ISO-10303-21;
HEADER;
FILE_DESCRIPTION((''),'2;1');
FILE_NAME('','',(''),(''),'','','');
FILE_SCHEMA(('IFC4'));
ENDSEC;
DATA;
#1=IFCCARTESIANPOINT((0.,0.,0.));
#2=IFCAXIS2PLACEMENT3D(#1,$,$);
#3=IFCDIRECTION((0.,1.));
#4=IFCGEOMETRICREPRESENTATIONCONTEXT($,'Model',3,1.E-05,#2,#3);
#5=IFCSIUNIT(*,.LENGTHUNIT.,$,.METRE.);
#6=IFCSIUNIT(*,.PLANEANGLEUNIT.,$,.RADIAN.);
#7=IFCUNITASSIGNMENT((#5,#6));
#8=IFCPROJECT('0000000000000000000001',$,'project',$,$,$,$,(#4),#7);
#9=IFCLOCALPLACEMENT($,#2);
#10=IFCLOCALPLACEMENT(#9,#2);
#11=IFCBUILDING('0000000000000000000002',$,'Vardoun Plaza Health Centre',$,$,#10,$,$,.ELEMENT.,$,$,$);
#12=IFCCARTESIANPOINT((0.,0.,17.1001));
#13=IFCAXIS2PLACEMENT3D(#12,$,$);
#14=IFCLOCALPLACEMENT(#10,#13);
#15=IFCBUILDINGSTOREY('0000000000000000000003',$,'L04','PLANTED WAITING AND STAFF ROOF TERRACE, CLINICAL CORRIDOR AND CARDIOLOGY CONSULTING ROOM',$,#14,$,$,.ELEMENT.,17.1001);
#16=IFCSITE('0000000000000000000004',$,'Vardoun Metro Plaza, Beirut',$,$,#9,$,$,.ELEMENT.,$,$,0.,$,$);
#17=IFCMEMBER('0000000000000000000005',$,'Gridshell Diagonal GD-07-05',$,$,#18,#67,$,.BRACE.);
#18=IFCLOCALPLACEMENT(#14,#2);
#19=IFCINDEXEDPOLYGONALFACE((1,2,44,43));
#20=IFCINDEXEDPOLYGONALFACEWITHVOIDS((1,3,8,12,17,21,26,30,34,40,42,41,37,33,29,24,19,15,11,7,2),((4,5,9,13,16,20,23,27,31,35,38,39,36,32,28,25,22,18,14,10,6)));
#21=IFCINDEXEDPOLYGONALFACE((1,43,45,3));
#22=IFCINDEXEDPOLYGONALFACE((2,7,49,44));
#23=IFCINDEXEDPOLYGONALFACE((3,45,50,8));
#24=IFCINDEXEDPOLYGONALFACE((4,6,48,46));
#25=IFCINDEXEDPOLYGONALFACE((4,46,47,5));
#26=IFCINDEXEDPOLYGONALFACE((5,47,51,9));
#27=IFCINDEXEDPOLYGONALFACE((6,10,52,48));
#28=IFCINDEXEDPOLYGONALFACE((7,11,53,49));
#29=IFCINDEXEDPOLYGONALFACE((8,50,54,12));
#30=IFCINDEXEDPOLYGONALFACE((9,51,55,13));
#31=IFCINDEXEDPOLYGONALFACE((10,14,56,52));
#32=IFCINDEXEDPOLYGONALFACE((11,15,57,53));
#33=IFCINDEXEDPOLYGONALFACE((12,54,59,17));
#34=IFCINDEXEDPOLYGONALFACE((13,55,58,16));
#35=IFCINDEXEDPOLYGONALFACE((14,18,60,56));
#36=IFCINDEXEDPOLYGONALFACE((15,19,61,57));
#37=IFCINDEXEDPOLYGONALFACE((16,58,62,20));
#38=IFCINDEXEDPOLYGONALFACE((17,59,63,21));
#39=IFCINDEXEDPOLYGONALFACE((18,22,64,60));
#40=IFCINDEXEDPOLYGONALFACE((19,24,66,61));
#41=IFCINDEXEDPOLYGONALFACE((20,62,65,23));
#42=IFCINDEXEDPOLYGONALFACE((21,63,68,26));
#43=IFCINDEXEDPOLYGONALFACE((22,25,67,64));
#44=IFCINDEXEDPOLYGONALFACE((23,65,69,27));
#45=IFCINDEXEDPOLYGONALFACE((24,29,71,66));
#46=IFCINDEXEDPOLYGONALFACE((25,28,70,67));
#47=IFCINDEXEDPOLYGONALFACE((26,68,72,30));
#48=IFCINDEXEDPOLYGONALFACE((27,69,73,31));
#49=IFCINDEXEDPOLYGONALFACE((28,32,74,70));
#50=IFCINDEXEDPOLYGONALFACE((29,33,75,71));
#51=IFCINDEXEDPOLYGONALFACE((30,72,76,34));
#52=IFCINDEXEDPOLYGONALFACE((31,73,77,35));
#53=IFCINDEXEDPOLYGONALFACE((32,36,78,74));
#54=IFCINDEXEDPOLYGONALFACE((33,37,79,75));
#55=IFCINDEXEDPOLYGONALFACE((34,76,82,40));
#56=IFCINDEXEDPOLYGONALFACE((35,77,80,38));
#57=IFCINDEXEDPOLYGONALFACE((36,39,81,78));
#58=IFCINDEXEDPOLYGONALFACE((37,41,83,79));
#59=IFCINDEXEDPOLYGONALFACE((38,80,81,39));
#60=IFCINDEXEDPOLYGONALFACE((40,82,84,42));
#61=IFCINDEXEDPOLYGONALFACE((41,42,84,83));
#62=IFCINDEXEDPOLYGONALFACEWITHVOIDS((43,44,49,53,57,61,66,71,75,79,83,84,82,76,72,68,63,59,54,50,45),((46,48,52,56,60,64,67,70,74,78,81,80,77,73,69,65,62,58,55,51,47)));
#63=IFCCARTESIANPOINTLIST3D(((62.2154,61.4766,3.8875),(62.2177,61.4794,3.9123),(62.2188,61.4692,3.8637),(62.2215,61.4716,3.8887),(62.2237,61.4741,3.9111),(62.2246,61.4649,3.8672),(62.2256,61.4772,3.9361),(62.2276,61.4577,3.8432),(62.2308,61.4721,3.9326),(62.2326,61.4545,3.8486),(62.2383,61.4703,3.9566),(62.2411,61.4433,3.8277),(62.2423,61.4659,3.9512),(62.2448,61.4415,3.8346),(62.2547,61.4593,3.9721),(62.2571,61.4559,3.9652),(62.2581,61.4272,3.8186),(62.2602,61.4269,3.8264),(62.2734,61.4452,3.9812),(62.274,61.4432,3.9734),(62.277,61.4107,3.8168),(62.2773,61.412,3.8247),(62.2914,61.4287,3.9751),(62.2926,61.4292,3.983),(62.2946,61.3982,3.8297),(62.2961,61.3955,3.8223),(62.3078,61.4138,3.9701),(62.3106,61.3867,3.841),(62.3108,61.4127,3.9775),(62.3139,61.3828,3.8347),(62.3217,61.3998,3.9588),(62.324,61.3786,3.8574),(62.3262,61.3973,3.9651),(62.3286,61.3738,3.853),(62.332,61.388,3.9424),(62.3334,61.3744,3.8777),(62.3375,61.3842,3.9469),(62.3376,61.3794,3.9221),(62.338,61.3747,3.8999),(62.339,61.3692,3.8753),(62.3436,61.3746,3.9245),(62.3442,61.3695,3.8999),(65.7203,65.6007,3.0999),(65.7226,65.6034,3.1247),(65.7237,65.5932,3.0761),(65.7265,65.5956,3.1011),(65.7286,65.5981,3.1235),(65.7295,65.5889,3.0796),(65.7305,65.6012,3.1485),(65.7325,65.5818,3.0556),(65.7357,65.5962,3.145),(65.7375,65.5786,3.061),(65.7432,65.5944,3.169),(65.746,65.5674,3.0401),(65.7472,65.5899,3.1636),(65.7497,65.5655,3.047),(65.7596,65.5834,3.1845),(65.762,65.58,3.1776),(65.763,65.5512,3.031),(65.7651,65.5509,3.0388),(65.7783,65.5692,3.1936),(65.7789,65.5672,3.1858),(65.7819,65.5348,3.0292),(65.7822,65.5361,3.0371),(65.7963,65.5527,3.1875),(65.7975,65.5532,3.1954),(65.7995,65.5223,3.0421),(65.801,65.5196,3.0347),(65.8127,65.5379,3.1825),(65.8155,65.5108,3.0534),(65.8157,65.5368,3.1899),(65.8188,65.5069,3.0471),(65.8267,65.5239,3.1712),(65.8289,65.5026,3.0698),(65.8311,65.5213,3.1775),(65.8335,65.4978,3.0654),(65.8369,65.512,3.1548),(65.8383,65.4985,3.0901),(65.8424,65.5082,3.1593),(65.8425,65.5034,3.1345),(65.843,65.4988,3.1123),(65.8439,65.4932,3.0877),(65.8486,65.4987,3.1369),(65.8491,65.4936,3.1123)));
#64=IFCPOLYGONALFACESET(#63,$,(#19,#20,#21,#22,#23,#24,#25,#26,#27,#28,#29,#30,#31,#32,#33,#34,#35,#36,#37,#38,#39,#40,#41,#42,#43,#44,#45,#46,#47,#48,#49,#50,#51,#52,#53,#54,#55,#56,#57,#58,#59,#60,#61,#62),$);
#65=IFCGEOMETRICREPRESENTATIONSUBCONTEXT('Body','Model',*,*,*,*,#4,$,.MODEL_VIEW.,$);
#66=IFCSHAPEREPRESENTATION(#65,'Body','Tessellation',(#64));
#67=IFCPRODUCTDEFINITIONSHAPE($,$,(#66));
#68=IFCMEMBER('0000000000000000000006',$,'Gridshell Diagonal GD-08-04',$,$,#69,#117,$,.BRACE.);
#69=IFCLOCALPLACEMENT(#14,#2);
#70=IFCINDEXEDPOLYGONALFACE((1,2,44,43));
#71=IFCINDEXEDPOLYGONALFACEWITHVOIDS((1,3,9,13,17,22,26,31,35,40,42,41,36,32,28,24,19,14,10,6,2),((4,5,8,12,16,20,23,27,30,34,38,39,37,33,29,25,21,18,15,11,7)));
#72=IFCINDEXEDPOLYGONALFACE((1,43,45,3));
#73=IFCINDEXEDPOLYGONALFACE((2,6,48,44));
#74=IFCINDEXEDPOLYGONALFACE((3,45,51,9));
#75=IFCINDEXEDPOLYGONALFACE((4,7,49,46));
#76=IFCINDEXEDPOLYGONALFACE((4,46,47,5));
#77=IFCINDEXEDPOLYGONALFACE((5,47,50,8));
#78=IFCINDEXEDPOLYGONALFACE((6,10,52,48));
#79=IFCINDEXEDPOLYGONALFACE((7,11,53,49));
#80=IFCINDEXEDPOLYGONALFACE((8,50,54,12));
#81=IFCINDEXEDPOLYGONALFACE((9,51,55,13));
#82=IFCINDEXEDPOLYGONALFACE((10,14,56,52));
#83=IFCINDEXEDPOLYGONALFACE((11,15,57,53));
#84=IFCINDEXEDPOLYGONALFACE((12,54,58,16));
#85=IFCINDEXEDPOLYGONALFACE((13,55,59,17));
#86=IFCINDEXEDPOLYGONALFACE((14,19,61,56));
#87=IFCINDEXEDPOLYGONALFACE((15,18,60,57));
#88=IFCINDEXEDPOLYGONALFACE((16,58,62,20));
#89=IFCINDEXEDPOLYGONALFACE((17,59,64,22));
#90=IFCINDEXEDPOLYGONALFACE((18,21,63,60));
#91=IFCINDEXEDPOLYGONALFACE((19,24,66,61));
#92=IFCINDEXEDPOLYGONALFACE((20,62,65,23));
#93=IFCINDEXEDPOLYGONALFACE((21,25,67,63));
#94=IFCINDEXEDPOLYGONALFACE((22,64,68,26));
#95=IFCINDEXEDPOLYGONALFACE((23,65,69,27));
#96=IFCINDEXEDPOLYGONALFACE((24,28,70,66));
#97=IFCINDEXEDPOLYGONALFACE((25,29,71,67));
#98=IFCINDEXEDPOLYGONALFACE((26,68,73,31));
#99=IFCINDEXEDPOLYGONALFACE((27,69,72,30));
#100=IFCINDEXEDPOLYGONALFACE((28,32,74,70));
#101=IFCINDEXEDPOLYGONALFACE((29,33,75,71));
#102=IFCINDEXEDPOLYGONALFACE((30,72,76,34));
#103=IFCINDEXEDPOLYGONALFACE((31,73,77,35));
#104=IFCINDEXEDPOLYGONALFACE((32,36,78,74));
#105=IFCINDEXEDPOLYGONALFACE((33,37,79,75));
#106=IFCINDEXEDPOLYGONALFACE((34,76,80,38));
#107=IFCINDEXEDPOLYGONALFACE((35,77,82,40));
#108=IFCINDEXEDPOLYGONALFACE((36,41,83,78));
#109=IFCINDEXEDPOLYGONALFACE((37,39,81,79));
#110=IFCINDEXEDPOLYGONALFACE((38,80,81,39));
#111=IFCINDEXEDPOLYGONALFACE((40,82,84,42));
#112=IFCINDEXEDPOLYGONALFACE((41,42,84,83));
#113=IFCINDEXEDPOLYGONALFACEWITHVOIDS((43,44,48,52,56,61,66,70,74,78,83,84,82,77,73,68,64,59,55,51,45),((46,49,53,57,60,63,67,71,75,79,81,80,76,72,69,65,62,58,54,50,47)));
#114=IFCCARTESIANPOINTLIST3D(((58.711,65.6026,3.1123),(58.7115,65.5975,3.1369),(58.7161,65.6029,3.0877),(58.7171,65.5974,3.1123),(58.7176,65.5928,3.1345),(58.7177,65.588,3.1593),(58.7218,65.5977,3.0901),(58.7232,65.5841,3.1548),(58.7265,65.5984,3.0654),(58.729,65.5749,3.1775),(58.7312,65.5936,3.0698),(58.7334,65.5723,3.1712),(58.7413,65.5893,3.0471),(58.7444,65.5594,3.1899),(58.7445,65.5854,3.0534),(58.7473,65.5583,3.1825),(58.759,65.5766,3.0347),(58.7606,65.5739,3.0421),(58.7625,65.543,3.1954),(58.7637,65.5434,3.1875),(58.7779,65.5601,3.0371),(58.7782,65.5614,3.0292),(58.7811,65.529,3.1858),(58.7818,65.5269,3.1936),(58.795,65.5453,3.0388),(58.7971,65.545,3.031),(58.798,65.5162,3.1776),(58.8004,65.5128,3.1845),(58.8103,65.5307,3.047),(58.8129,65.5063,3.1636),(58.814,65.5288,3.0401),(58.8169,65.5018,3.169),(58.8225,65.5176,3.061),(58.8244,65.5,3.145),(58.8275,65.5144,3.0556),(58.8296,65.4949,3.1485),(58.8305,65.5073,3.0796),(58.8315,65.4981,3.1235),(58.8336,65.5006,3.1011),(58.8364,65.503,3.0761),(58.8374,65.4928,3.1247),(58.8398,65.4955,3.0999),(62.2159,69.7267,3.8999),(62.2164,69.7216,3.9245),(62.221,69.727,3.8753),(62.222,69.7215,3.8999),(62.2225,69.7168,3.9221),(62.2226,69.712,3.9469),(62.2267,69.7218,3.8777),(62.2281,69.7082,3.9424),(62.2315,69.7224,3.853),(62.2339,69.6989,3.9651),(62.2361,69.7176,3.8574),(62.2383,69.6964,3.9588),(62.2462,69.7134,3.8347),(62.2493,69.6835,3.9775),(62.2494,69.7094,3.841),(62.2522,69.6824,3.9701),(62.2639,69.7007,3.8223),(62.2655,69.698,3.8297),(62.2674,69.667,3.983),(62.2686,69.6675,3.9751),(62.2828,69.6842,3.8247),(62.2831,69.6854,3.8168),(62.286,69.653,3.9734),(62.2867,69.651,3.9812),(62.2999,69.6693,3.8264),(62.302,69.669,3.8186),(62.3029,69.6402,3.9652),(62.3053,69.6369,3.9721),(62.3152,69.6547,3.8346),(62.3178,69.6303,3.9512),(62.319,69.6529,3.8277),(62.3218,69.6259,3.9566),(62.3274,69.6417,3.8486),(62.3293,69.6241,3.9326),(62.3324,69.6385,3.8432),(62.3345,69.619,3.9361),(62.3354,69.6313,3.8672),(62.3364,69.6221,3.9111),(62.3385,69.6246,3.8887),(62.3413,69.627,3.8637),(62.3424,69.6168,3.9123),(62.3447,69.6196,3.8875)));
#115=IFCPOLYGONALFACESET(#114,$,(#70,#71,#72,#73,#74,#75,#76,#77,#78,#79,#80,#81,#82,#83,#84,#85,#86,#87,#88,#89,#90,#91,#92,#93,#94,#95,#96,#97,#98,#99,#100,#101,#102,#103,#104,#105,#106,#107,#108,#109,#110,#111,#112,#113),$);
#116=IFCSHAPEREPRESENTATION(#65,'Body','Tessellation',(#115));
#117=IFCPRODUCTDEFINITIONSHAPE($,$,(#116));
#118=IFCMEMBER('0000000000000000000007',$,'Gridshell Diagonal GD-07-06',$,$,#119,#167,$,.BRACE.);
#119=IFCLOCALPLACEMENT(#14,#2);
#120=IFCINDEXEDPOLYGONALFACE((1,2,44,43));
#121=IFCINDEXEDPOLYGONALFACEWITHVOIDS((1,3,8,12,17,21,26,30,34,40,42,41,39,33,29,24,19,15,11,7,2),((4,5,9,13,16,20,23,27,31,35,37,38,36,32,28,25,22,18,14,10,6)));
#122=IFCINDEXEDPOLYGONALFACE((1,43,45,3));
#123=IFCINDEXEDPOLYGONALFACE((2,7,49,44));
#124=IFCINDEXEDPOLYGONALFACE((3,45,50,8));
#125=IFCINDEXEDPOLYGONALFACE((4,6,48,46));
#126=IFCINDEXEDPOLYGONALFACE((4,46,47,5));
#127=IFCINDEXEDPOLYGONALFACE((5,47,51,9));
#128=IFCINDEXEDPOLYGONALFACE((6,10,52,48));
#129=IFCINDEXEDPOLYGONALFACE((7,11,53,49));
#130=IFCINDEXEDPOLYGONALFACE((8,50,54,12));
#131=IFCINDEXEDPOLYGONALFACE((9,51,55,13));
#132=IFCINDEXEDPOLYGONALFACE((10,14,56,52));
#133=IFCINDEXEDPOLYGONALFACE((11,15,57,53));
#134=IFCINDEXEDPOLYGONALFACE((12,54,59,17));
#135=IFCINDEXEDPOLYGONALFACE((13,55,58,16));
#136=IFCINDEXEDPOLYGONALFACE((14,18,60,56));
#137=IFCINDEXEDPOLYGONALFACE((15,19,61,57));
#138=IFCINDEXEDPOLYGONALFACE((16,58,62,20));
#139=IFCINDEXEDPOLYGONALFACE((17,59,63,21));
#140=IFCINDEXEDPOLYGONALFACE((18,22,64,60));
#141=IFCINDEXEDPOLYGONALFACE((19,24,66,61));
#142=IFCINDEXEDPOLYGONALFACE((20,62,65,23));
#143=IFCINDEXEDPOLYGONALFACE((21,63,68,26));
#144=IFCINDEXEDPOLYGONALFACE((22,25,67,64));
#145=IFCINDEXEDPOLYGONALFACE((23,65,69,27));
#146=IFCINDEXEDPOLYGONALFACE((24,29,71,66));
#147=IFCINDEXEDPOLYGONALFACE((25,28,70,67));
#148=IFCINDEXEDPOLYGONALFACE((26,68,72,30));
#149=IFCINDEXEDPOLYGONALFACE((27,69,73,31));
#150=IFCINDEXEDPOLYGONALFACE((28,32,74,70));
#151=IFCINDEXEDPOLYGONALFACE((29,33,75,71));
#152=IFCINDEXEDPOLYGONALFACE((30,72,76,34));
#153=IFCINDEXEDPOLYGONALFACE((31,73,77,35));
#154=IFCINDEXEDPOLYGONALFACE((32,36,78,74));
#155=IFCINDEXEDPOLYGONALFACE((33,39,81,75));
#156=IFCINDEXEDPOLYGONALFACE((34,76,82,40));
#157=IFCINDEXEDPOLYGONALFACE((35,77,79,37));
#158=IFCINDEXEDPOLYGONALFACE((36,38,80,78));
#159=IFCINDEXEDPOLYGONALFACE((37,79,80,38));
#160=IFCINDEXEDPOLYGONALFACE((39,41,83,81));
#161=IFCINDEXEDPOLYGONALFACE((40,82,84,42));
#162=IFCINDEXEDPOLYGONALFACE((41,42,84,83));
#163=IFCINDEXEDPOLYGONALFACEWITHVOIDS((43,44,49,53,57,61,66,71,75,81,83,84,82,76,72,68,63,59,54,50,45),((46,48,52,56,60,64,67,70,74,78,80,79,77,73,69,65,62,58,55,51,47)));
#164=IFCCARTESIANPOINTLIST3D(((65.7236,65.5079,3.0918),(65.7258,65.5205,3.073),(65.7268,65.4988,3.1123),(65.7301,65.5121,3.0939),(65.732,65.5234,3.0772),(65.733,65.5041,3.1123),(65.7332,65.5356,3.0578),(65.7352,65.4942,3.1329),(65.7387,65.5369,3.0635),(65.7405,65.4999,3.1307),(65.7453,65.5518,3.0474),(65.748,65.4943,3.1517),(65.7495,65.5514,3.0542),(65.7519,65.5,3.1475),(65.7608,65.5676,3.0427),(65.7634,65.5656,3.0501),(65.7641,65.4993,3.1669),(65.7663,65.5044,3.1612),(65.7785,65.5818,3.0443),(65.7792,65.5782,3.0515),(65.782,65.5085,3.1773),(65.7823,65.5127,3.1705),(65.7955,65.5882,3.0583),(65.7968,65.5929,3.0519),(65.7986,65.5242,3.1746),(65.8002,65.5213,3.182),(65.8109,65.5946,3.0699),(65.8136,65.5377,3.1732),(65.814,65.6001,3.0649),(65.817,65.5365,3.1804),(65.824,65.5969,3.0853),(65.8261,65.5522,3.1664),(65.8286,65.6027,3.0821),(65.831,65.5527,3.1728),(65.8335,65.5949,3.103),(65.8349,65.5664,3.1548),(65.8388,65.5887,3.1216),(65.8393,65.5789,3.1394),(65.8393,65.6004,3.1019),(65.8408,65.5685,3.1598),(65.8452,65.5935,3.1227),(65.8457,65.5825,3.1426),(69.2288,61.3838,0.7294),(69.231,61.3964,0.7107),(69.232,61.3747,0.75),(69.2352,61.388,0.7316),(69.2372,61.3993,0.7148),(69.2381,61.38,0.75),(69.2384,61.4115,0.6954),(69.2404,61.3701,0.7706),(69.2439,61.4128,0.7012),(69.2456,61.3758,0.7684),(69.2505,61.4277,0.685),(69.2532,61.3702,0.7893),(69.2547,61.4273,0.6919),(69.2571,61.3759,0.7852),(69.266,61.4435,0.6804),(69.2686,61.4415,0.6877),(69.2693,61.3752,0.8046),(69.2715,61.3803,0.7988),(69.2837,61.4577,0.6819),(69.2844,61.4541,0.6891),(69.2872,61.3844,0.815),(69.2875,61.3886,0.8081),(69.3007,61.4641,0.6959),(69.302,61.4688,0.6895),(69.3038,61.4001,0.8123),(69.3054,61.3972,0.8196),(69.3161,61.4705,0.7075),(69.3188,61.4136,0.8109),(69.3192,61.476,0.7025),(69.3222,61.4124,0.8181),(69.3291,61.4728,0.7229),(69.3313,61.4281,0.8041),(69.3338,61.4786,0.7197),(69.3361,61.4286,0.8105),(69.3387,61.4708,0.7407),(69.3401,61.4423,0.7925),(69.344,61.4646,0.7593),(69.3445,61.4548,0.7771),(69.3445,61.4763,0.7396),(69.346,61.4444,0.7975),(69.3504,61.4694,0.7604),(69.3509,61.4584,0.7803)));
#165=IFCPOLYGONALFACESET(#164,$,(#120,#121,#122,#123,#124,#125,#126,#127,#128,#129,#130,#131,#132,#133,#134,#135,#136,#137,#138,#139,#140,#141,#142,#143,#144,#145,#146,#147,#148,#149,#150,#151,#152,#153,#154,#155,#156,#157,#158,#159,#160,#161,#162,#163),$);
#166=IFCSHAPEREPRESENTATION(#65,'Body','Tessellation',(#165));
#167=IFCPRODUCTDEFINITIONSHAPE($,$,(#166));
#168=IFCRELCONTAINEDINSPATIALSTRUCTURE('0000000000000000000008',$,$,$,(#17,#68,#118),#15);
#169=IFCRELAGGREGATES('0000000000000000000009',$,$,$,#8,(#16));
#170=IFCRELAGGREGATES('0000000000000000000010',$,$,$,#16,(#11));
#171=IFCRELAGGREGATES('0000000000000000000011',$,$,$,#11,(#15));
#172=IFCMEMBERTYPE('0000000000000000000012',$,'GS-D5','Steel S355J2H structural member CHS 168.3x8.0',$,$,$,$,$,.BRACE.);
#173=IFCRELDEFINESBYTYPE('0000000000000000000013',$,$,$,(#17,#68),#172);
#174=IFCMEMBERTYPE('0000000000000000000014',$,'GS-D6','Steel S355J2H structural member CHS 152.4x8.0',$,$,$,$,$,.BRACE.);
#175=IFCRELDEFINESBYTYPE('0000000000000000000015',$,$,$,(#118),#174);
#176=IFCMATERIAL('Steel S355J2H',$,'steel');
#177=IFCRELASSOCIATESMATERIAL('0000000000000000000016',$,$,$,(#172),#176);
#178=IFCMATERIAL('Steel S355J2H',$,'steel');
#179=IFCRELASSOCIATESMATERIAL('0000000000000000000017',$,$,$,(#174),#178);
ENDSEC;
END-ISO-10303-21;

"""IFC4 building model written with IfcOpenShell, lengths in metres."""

from ifc_helpers import new_model, si_unit, direction, frame, origin, origin_2d, place, context, subcontext, project, spatial, hollow_circle, extrude, material, material_profile, profile_set, type_object, element, save


model = new_model("IFC4")

# Units and contexts
model_context = context("Model", 3, precision=1e-05, world=origin(), true_north=direction((0.0, 1.0)))
body_context = subcontext(model_context, "Body", "Model", "MODEL_VIEW")
ifc_project = project(units=[si_unit("LENGTHUNIT", "METRE"), si_unit("PLANEANGLEUNIT", "RADIAN")], contexts=[model_context])

# Site, building, storey
site_placement = place(None, origin())
site = spatial("IfcSite", under=ifc_project, at=site_placement, Name="Vardoun Metro Plaza, Beirut", CompositionType="ELEMENT", RefElevation=0.0)
building_placement = place(site_placement, origin())
building = spatial("IfcBuilding", under=site, at=building_placement, Name="Vardoun Plaza Health Centre", CompositionType="ELEMENT")
storey_placement = place(building_placement, frame((0.0, 0.0, 17.1001)))
storey = spatial("IfcBuildingStorey", under=building, at=storey_placement, Name="L04", Description="PLANTED WAITING AND STAFF ROOF TERRACE, CLINICAL CORRIDOR AND CARDIOLOGY CONSULTING ROOM", CompositionType="ELEMENT", Elevation=17.1001)

# Members
ifc_material_1 = material(Name="Steel S355J2H", Category="steel")
ifc_material_profile_1 = material_profile(ifc_material_1, hollow_circle(Radius=0.0842, WallThickness=0.0081, at=origin_2d()), Name="CHS 168.3x8.0")
ifc_profile_set_1 = profile_set([ifc_material_profile_1], Name="Steel S355J2H")
member_type_1 = type_object("IfcMemberType", Name="GS-D5", Description="Steel S355J2H structural member CHS 168.3x8.0", PredefinedType="BRACE", material=ifc_profile_set_1)
for number, where, z_axis, x_axis, name in (
    (1, (65.7849, 65.5481, 3.1123), (-0.640841, -0.754046, 0.144006), (0.761988, -0.647591, 0.0), "Gridshell Diagonal GD-07-05"),
    (2, (58.7751, 65.5481, 3.1123), (0.640841, 0.754046, 0.144006), (-0.761988, 0.647591, 0.0), "Gridshell Diagonal GD-08-04"),
):
    element("IfcMember", number, at=place(storey_placement, frame(where, z_axis=z_axis, x_axis=x_axis)), inside=storey, type_object=member_type_1, Name=name, PredefinedType="BRACE", context=body_context, shape_type="SweptSolid", body=[
        extrude(hollow_circle(Radius=0.0842, WallThickness=0.0081, at=origin_2d()), origin(), (0.0, 0.0, 1.0), 5.4692),
    ])
ifc_material_2 = material(Name="Steel S355J2H", Category="steel")
ifc_material_profile_2 = material_profile(ifc_material_2, hollow_circle(Radius=0.0762, WallThickness=0.0081, at=origin_2d()), Name="CHS 152.4x8.0")
ifc_profile_set_2 = profile_set([ifc_material_profile_2], Name="Steel S355J2H")
member_type_2 = type_object("IfcMemberType", Name="GS-D6", Description="Steel S355J2H structural member CHS 152.4x8.0", PredefinedType="BRACE", material=ifc_profile_set_2)
member_1_placement = place(storey_placement, frame((69.29, 61.4241, 0.75), z_axis=(-0.593544, 0.698346, 0.400023), x_axis=(-0.761966, -0.647617, 0.0)))
element("IfcMember", 3, at=member_1_placement, inside=storey, type_object=member_type_2, Name="Gridshell Diagonal GD-07-06", PredefinedType="BRACE", context=body_context, shape_type="SweptSolid", body=[
    extrude(hollow_circle(Radius=0.0762, WallThickness=0.0081, at=origin_2d()), origin(), (0.0, 0.0, 1.0), 5.9055),
])

save(model, "model.ifc")
